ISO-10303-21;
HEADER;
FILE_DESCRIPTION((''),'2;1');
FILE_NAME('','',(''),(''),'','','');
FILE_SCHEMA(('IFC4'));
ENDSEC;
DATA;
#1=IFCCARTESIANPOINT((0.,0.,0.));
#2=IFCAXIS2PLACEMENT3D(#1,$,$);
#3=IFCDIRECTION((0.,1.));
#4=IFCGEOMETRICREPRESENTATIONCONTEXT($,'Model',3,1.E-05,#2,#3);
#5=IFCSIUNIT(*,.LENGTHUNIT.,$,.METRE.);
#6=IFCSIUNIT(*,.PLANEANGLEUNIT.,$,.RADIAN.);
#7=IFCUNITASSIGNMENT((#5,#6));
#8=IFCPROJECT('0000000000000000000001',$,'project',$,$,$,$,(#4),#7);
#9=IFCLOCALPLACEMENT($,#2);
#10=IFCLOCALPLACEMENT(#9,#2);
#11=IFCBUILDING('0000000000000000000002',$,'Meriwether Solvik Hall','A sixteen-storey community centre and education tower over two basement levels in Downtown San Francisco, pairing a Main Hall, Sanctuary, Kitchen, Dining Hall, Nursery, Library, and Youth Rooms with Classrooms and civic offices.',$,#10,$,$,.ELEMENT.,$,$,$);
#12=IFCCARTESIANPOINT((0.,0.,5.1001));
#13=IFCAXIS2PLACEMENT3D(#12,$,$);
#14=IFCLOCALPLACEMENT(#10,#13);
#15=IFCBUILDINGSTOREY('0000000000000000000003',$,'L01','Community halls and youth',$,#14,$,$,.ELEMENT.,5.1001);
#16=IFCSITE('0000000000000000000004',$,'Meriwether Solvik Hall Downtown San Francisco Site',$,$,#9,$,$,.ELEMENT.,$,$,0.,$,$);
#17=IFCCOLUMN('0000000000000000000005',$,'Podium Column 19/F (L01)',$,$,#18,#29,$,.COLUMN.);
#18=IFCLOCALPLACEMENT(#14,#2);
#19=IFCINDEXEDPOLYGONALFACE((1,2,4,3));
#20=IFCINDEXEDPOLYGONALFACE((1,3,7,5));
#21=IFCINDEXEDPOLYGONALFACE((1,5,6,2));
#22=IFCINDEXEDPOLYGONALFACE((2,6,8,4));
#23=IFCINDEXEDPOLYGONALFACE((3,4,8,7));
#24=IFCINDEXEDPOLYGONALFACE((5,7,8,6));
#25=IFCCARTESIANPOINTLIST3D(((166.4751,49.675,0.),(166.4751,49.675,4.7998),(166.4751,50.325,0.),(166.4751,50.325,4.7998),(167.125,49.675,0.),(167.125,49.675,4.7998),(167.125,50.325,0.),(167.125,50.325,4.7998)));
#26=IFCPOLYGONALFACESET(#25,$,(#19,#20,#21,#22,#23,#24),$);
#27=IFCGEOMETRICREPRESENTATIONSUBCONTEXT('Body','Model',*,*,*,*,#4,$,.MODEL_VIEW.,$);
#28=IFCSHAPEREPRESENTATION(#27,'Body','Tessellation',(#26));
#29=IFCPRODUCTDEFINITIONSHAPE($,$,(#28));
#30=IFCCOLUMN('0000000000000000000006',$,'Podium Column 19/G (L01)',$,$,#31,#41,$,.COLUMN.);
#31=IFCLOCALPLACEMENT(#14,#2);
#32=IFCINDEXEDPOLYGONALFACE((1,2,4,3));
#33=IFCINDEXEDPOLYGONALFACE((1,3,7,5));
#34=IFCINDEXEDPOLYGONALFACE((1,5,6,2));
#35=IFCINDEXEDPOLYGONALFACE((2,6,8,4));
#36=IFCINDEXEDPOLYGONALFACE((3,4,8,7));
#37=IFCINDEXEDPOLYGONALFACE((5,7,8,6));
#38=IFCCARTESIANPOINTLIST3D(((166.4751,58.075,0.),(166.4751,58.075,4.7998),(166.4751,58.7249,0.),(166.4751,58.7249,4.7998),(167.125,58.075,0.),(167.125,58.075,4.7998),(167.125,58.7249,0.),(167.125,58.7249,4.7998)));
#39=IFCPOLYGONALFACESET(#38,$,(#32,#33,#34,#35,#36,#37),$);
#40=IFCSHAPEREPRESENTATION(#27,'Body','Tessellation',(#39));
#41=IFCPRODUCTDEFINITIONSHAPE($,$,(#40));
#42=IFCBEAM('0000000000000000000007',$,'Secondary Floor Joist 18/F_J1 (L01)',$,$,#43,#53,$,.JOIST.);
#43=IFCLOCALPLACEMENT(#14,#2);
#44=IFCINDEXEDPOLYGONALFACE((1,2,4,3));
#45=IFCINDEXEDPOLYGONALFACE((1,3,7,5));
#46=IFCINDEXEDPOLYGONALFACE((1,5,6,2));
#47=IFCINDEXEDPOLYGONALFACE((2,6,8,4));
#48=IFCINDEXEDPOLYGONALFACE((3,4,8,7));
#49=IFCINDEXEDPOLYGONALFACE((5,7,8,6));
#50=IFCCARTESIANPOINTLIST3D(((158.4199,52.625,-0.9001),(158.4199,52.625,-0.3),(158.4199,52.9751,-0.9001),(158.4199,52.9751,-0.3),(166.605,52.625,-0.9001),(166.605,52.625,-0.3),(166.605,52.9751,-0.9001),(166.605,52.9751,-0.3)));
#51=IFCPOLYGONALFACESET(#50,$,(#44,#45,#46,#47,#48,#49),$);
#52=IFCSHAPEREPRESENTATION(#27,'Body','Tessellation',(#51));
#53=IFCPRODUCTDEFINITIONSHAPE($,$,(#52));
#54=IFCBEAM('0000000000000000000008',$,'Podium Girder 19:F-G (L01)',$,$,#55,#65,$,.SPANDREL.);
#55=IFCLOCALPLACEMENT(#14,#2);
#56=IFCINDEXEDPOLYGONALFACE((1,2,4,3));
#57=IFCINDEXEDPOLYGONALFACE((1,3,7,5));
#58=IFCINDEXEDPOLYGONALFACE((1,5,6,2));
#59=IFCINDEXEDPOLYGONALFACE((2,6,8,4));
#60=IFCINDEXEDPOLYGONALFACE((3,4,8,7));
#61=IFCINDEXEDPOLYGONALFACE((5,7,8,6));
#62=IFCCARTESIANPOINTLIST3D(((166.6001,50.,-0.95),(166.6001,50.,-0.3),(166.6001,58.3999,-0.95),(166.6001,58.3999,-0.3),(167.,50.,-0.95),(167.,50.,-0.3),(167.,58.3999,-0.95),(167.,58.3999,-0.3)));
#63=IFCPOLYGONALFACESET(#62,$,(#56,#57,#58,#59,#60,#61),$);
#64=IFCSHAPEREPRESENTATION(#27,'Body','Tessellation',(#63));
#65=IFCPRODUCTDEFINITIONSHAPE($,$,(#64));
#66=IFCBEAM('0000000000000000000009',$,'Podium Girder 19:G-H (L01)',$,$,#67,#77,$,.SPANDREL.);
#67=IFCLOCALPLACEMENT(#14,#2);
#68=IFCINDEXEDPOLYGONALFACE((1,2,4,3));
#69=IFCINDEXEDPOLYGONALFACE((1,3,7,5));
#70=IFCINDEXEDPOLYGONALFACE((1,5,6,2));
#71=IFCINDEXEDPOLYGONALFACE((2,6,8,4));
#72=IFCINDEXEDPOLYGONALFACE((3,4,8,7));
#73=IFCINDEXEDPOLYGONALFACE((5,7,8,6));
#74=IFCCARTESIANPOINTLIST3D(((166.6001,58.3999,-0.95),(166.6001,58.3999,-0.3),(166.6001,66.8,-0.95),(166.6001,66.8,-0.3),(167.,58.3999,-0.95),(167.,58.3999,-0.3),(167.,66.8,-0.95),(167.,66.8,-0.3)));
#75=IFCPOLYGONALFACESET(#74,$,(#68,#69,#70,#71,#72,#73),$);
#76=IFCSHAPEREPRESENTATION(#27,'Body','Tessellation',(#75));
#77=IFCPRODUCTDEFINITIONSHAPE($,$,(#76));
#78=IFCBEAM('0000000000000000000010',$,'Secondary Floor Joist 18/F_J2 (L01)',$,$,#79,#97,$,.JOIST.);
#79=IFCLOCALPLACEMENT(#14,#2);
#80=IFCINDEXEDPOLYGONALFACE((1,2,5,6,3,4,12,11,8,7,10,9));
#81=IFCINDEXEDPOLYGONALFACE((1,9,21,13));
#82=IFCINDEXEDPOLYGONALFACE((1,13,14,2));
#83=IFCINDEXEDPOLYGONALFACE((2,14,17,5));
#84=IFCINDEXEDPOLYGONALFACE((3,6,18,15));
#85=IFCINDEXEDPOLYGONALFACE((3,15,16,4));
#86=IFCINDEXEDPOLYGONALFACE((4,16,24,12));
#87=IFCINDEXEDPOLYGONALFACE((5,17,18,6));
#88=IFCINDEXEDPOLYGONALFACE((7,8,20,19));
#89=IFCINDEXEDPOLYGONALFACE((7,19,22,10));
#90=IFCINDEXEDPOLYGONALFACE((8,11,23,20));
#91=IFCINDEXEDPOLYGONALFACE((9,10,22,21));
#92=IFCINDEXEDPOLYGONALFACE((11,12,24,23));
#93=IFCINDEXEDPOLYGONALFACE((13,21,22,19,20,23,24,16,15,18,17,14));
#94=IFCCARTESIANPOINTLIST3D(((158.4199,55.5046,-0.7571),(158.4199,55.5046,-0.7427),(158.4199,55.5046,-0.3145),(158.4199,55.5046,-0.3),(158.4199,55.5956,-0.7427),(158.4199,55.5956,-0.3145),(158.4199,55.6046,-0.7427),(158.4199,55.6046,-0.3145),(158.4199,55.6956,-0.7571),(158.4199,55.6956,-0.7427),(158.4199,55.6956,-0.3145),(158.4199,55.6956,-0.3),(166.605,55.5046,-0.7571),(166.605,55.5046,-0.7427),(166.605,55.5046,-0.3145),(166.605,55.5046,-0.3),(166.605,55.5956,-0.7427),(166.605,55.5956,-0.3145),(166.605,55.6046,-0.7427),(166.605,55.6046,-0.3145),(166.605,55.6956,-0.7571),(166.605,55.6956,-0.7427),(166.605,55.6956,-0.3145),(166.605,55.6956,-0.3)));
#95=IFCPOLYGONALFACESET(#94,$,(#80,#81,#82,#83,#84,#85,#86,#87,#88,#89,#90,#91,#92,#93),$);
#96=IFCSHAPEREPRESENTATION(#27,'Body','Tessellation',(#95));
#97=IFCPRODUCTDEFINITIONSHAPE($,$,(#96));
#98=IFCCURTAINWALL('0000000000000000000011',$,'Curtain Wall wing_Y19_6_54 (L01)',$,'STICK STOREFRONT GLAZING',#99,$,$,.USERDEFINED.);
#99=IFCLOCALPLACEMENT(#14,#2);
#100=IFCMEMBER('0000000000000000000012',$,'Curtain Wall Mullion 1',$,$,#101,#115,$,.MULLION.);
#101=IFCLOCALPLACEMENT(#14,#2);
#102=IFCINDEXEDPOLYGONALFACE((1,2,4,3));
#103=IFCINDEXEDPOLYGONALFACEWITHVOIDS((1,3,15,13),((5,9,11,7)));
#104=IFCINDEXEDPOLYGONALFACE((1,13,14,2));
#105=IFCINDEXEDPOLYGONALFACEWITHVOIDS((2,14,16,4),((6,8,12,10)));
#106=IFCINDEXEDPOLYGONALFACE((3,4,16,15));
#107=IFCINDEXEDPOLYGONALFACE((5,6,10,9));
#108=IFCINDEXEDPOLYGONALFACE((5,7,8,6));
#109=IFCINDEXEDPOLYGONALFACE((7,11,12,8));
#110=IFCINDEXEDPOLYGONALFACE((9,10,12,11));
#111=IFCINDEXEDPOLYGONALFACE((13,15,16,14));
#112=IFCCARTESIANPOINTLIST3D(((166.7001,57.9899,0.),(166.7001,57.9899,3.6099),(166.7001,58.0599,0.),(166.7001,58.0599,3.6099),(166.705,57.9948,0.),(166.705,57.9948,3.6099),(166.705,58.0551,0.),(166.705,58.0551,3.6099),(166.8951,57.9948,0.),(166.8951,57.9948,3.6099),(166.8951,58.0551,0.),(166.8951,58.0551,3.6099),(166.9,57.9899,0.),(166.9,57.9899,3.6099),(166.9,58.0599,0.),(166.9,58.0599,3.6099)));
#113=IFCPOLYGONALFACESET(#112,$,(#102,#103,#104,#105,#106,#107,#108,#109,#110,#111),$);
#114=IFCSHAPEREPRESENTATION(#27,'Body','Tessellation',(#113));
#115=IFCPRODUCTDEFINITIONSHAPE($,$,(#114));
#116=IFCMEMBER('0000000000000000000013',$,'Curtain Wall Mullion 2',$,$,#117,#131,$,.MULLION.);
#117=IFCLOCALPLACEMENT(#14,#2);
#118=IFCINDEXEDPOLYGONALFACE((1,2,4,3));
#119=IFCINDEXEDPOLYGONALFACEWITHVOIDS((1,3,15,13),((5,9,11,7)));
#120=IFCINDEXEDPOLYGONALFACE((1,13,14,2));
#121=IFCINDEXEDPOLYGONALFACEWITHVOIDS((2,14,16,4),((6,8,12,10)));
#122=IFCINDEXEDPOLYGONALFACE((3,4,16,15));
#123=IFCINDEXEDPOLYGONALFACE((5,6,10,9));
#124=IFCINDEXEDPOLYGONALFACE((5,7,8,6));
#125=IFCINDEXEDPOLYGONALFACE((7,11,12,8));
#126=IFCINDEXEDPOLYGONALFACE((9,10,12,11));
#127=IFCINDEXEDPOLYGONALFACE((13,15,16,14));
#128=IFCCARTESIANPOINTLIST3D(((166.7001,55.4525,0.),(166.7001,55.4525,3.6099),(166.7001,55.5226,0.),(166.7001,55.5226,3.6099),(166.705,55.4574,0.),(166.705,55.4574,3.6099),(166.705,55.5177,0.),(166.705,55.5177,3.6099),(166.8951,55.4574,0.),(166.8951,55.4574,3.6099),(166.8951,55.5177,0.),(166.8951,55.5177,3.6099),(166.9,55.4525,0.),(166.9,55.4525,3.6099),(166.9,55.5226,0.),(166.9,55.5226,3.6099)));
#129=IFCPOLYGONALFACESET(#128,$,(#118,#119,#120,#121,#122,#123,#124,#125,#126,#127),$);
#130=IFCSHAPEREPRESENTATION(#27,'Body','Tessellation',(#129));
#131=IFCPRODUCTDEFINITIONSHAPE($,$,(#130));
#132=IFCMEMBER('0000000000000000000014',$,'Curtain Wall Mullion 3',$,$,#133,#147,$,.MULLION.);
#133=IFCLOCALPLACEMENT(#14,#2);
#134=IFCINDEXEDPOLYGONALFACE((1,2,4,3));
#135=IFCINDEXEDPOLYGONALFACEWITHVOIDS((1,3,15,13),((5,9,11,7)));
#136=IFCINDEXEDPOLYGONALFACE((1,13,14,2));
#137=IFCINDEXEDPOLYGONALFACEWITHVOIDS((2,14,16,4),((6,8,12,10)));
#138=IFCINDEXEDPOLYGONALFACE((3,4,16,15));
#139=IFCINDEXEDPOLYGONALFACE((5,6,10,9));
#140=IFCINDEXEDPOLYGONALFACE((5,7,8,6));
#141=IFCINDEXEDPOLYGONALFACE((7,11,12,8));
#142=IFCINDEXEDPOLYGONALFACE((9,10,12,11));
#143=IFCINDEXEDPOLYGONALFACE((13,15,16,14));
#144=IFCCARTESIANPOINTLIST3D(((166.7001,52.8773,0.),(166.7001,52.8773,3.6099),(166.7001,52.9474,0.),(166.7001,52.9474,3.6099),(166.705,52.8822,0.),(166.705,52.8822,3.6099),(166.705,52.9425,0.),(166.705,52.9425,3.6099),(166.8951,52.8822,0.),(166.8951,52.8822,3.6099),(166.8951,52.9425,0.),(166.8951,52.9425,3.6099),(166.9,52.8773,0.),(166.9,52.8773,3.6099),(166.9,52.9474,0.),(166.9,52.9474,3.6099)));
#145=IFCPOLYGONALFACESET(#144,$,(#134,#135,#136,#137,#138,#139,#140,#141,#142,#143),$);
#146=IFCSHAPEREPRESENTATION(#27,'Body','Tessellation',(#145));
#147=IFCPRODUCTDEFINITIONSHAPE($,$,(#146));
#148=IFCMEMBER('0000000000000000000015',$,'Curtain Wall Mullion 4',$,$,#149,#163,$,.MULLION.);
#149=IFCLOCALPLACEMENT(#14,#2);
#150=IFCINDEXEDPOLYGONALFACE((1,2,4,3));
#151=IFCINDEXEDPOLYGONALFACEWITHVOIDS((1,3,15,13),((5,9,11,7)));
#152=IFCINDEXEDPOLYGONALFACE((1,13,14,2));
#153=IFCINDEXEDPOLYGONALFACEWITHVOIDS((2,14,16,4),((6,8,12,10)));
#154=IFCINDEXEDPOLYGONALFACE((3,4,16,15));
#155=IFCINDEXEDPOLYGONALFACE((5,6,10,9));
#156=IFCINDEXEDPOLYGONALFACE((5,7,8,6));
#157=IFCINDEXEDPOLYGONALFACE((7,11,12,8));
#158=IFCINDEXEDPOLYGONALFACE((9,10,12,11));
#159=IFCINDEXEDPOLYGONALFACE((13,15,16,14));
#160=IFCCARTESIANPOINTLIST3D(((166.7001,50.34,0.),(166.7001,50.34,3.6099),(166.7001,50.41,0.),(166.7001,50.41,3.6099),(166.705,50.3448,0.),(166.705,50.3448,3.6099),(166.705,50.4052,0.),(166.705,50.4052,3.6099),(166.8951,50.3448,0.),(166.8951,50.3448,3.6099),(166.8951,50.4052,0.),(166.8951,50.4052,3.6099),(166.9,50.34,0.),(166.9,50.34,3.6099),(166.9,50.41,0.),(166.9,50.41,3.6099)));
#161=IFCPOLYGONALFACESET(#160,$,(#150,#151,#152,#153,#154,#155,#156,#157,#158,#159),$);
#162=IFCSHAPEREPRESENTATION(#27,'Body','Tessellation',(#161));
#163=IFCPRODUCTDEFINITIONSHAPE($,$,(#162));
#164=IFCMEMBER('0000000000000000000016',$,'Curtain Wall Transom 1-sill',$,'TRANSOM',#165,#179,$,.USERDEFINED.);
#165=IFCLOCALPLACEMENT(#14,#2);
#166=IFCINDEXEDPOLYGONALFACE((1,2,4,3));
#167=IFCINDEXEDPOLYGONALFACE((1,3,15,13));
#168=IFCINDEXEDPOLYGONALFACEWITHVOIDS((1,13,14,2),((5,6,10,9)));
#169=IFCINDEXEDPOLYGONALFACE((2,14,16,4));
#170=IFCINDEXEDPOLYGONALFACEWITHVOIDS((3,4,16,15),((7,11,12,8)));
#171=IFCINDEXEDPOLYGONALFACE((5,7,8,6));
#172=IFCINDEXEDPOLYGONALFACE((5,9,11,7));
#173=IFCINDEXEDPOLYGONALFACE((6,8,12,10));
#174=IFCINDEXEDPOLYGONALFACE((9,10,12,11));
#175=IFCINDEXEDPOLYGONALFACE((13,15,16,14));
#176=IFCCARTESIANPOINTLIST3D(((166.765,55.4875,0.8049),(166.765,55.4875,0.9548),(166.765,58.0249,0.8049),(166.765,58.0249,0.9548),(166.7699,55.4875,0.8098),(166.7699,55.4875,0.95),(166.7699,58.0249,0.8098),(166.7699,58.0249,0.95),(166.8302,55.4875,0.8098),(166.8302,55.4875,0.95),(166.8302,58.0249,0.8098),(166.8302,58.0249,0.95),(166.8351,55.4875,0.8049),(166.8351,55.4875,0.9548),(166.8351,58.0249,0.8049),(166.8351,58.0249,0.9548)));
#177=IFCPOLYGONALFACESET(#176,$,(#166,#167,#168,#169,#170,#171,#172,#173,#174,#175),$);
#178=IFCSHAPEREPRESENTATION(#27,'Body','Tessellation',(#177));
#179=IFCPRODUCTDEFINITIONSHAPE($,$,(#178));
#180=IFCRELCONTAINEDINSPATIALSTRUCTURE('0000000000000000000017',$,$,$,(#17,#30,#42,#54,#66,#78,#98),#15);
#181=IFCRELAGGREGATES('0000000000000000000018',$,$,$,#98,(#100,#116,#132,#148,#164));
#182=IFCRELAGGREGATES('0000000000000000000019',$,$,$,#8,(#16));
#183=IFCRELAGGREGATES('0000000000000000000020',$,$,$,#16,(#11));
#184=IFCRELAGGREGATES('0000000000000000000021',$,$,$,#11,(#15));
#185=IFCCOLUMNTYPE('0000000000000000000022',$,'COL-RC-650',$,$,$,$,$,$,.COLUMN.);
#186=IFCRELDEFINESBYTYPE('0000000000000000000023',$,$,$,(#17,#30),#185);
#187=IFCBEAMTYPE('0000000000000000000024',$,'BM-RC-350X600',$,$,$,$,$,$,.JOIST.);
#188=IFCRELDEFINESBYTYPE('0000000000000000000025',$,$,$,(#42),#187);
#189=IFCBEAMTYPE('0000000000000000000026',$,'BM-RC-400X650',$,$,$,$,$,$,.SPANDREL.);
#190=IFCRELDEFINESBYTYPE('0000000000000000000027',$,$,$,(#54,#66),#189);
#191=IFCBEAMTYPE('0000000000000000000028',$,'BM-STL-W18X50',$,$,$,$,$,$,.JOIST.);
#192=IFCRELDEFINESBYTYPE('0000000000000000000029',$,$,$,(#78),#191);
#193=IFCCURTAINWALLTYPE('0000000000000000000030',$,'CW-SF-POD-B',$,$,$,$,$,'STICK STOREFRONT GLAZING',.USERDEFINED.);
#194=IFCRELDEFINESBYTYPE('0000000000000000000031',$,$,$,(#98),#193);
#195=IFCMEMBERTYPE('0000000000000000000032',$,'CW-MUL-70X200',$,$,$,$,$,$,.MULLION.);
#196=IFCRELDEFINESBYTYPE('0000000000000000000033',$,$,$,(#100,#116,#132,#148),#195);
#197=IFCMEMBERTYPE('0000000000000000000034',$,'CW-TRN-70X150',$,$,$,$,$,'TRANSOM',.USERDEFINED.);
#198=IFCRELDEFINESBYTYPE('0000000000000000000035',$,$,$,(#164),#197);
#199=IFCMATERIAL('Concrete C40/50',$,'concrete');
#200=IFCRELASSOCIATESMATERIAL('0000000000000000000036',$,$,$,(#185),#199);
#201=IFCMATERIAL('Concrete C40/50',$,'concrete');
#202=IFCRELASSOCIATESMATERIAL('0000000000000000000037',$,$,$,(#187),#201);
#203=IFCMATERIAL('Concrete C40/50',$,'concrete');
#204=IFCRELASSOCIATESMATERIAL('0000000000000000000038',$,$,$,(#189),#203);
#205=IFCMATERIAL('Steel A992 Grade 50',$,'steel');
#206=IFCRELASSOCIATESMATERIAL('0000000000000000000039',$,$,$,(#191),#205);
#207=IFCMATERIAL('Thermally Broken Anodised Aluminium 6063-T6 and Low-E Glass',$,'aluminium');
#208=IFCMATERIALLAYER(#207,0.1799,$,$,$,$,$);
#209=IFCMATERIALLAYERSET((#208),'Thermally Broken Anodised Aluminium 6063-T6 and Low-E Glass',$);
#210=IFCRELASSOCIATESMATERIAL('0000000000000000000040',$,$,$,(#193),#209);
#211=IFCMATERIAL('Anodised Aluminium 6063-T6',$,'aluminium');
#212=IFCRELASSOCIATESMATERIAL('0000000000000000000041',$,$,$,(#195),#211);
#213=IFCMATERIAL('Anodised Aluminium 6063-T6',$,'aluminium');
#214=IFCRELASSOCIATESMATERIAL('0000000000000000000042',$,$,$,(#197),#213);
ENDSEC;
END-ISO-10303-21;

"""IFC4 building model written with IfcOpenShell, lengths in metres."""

from ifc_helpers import new_model, si_unit, direction, frame, origin, origin_2d, place, context, subcontext, project, spatial, rectangle, hollow_rectangle, i_section, extrude, material, layer, layer_set, material_profile, profile_set, type_object, element, aggregate, save


model = new_model("IFC4")

# Units and contexts
model_context = context("Model", 3, precision=1e-05, world=origin(), true_north=direction((0.0, 1.0)))
body_context = subcontext(model_context, "Body", "Model", "MODEL_VIEW")
ifc_project = project(units=[si_unit("LENGTHUNIT", "METRE"), si_unit("PLANEANGLEUNIT", "RADIAN")], contexts=[model_context])

# Site, building, storey
site_placement = place(None, origin())
site = spatial("IfcSite", under=ifc_project, at=site_placement, Name="Meriwether Solvik Hall Downtown San Francisco Site", CompositionType="ELEMENT", RefElevation=0.0)
building_placement = place(site_placement, origin())
building = spatial("IfcBuilding", under=site, at=building_placement, Name="Meriwether Solvik Hall", Description="A sixteen-storey community centre and education tower over two basement levels in Downtown San Francisco, pairing a Main Hall, Sanctuary, Kitchen, Dining Hall, Nursery, Library, and Youth Rooms with Classrooms and civic offices.", CompositionType="ELEMENT")
storey_placement = place(building_placement, frame((0.0, 0.0, 5.1001)))
storey = spatial("IfcBuildingStorey", under=building, at=storey_placement, Name="L01", Description="Community halls and youth", CompositionType="ELEMENT", Elevation=5.1001)

# Columns
ifc_material_1 = material(Name="Concrete C40/50", Category="concrete")
ifc_material_profile_1 = material_profile(ifc_material_1, rectangle(XDim=0.6499, YDim=0.6499, at=origin_2d()), Name="RCC-650X650")
ifc_profile_set_1 = profile_set([ifc_material_profile_1], Name="Concrete C40/50")
column_type = type_object("IfcColumnType", Name="COL-RC-650", PredefinedType="COLUMN", material=ifc_profile_set_1)
for number, where, z_axis, x_axis, name in (
    (1, (166.8, 50.0, 0.0), (0.0, 0.0, 1.0), (1.0, 0.0, 0.0), "Podium Column 19/F (L01)"),
    (2, (166.8, 58.3999, 0.0), (0.0, 0.0, 1.0), (1.0, 0.0, 0.0), "Podium Column 19/G (L01)"),
):
    element("IfcColumn", number, at=place(storey_placement, frame(where, z_axis=z_axis, x_axis=x_axis)), inside=storey, type_object=column_type, Name=name, PredefinedType="COLUMN", context=body_context, shape_type="SweptSolid", body=[
        extrude(rectangle(XDim=0.6499, YDim=0.6499, at=origin_2d()), origin(), (0.0, 0.0, 1.0), 4.7998),
    ])

# Beams
ifc_material_2 = material(Name="Concrete C40/50", Category="concrete")
ifc_material_profile_2 = material_profile(ifc_material_2, rectangle(XDim=0.3501, YDim=0.6001, at=origin_2d()), Name="RCB-350X600")
ifc_profile_set_2 = profile_set([ifc_material_profile_2], Name="Concrete C40/50")
beam_type_1 = type_object("IfcBeamType", Name="BM-RC-350X600", PredefinedType="JOIST", material=ifc_profile_set_2)
beam_1_placement = place(storey_placement, frame((158.4199, 52.8, -0.6001), z_axis=(1.0, 0.0, 0.0), x_axis=(0.0, 1.0, 0.0)))
element("IfcBeam", 3, at=beam_1_placement, inside=storey, type_object=beam_type_1, Name="Secondary Floor Joist 18/F_J1 (L01)", PredefinedType="JOIST", context=body_context, shape_type="SweptSolid", body=[
    extrude(rectangle(XDim=0.3501, YDim=0.6001, at=origin_2d()), origin(), (0.0, 0.0, 1.0), 8.1851),
])
ifc_material_3 = material(Name="Concrete C40/50", Category="concrete")
ifc_material_profile_3 = material_profile(ifc_material_3, rectangle(XDim=0.3999, YDim=0.6499, at=origin_2d()), Name="RCB-400X650")
ifc_profile_set_3 = profile_set([ifc_material_profile_3], Name="Concrete C40/50")
beam_type_2 = type_object("IfcBeamType", Name="BM-RC-400X650", PredefinedType="SPANDREL", material=ifc_profile_set_3)
beam_2_placement = place(storey_placement, frame((166.8, 50.0, -0.625), z_axis=(0.0, 1.0, 0.0), x_axis=(-1.0, 0.0, 0.0)))
element("IfcBeam", 4, at=beam_2_placement, inside=storey, type_object=beam_type_2, Name="Podium Girder 19:F-G (L01)", PredefinedType="SPANDREL", context=body_context, shape_type="SweptSolid", body=[
    extrude(rectangle(XDim=0.3999, YDim=0.6499, at=origin_2d()), origin(), (0.0, 0.0, 1.0), 8.3999),
])
beam_3_placement = place(storey_placement, frame((166.8, 58.3999, -0.625), z_axis=(0.0, 1.0, 0.0), x_axis=(-1.0, 0.0, 0.0)))
element("IfcBeam", 5, at=beam_3_placement, inside=storey, type_object=beam_type_2, Name="Podium Girder 19:G-H (L01)", PredefinedType="SPANDREL", context=body_context, shape_type="SweptSolid", body=[
    extrude(rectangle(XDim=0.3999, YDim=0.6499, at=origin_2d()), origin(), (0.0, 0.0, 1.0), 8.4001),
])
ifc_material_4 = material(Name="Steel A992 Grade 50", Category="steel")
ifc_material_profile_4 = material_profile(ifc_material_4, i_section(OverallWidth=0.1909, OverallDepth=0.457, WebThickness=0.009, FlangeThickness=0.0144, at=origin_2d()), Name="W18X50")
ifc_profile_set_4 = profile_set([ifc_material_profile_4], Name="Steel A992 Grade 50")
beam_type_3 = type_object("IfcBeamType", Name="BM-STL-W18X50", PredefinedType="JOIST", material=ifc_profile_set_4)
beam_4_placement = place(storey_placement, frame((158.4199, 55.6001, -0.5286), z_axis=(1.0, 0.0, 0.0), x_axis=(0.0, 1.0, 0.0)))
element("IfcBeam", 6, at=beam_4_placement, inside=storey, type_object=beam_type_3, Name="Secondary Floor Joist 18/F_J2 (L01)", PredefinedType="JOIST", context=body_context, shape_type="SweptSolid", body=[
    extrude(i_section(OverallWidth=0.1909, OverallDepth=0.457, WebThickness=0.009, FlangeThickness=0.0144, at=origin_2d()), origin(), (0.0, 0.0, 1.0), 8.1851),
])

# Curtain wall, members
ifc_material_5 = material(Name="Thermally Broken Anodised Aluminium 6063-T6 and Low-E Glass", Category="aluminium")
ifc_layer_1 = layer(ifc_material_5, 0.1799)
ifc_layer_set_1 = layer_set([ifc_layer_1], Name="Thermally Broken Anodised Aluminium 6063-T6 and Low-E Glass")
curtain_wall_type = type_object("IfcCurtainWallType", Name="CW-SF-POD-B", ElementType="STICK STOREFRONT GLAZING", PredefinedType="USERDEFINED", material=ifc_layer_set_1)
curtain_wall_placement = place(storey_placement, origin())
curtain_wall = element("IfcCurtainWall", 7, at=curtain_wall_placement, inside=storey, type_object=curtain_wall_type, Name="Curtain Wall wing_Y19_6_54 (L01)", ObjectType="STICK STOREFRONT GLAZING", PredefinedType="USERDEFINED")
ifc_material_6 = material(Name="Anodised Aluminium 6063-T6", Category="aluminium")
ifc_material_profile_5 = material_profile(ifc_material_6, hollow_rectangle(XDim=0.0701, YDim=0.2, WallThickness=0.0049, at=origin_2d()), Name="CWM-70X200")
ifc_profile_set_5 = profile_set([ifc_material_profile_5], Name="Anodised Aluminium 6063-T6")
member_type_1 = type_object("IfcMemberType", Name="CW-MUL-70X200", PredefinedType="MULLION", material=ifc_profile_set_5)
member_1_placement = place(storey_placement, frame((166.8, 58.0249, 0.0), z_axis=(0.0, 0.0, 1.0), x_axis=(0.0, -1.0, 0.0)))
member_1 = element("IfcMember", 8, at=member_1_placement, type_object=member_type_1, Name="Curtain Wall Mullion 1", PredefinedType="MULLION", context=body_context, shape_type="SweptSolid", body=[
    extrude(hollow_rectangle(XDim=0.0701, YDim=0.2, WallThickness=0.0049, at=origin_2d()), origin(), (0.0, 0.0, 1.0), 3.6099),
])
member_2_placement = place(storey_placement, frame((166.8, 55.4875, 0.0), z_axis=(0.0, 0.0, 1.0), x_axis=(0.0, -1.0, 0.0)))
member_2 = element("IfcMember", 9, at=member_2_placement, type_object=member_type_1, Name="Curtain Wall Mullion 2", PredefinedType="MULLION", context=body_context, shape_type="SweptSolid", body=[
    extrude(hollow_rectangle(XDim=0.0701, YDim=0.2, WallThickness=0.0049, at=origin_2d()), origin(), (0.0, 0.0, 1.0), 3.6099),
])
member_3_placement = place(storey_placement, frame((166.8, 52.9124, 0.0), z_axis=(0.0, 0.0, 1.0), x_axis=(0.0, -1.0, 0.0)))
member_3 = element("IfcMember", 10, at=member_3_placement, type_object=member_type_1, Name="Curtain Wall Mullion 3", PredefinedType="MULLION", context=body_context, shape_type="SweptSolid", body=[
    extrude(hollow_rectangle(XDim=0.0701, YDim=0.2, WallThickness=0.0049, at=origin_2d()), origin(), (0.0, 0.0, 1.0), 3.6099),
])
member_4_placement = place(storey_placement, frame((166.8, 50.375, 0.0), z_axis=(0.0, 0.0, 1.0), x_axis=(0.0, -1.0, 0.0)))
member_4 = element("IfcMember", 11, at=member_4_placement, type_object=member_type_1, Name="Curtain Wall Mullion 4", PredefinedType="MULLION", context=body_context, shape_type="SweptSolid", body=[
    extrude(hollow_rectangle(XDim=0.0701, YDim=0.2, WallThickness=0.0049, at=origin_2d()), origin(), (0.0, 0.0, 1.0), 3.6099),
])
ifc_material_7 = material(Name="Anodised Aluminium 6063-T6", Category="aluminium")
ifc_material_profile_6 = material_profile(ifc_material_7, hollow_rectangle(XDim=0.0701, YDim=0.1499, WallThickness=0.0049, at=origin_2d()), Name="CWT-70X150")
ifc_profile_set_6 = profile_set([ifc_material_profile_6], Name="Anodised Aluminium 6063-T6")
member_type_2 = type_object("IfcMemberType", Name="CW-TRN-70X150", ElementType="TRANSOM", PredefinedType="USERDEFINED", material=ifc_profile_set_6)
member_5_placement = place(storey_placement, frame((166.8, 58.0249, 0.8799), z_axis=(0.0, -1.0, 0.0), x_axis=(1.0, 0.0, 0.0)))
member_5 = element("IfcMember", 12, at=member_5_placement, type_object=member_type_2, Name="Curtain Wall Transom 1-sill", ObjectType="TRANSOM", PredefinedType="USERDEFINED", context=body_context, shape_type="SweptSolid", body=[
    extrude(hollow_rectangle(XDim=0.0701, YDim=0.1499, WallThickness=0.0049, at=origin_2d()), origin(), (0.0, 0.0, 1.0), 2.5374),
])
aggregate(curtain_wall, [member_1, member_2, member_3, member_4, member_5])

save(model, "model.ifc")
